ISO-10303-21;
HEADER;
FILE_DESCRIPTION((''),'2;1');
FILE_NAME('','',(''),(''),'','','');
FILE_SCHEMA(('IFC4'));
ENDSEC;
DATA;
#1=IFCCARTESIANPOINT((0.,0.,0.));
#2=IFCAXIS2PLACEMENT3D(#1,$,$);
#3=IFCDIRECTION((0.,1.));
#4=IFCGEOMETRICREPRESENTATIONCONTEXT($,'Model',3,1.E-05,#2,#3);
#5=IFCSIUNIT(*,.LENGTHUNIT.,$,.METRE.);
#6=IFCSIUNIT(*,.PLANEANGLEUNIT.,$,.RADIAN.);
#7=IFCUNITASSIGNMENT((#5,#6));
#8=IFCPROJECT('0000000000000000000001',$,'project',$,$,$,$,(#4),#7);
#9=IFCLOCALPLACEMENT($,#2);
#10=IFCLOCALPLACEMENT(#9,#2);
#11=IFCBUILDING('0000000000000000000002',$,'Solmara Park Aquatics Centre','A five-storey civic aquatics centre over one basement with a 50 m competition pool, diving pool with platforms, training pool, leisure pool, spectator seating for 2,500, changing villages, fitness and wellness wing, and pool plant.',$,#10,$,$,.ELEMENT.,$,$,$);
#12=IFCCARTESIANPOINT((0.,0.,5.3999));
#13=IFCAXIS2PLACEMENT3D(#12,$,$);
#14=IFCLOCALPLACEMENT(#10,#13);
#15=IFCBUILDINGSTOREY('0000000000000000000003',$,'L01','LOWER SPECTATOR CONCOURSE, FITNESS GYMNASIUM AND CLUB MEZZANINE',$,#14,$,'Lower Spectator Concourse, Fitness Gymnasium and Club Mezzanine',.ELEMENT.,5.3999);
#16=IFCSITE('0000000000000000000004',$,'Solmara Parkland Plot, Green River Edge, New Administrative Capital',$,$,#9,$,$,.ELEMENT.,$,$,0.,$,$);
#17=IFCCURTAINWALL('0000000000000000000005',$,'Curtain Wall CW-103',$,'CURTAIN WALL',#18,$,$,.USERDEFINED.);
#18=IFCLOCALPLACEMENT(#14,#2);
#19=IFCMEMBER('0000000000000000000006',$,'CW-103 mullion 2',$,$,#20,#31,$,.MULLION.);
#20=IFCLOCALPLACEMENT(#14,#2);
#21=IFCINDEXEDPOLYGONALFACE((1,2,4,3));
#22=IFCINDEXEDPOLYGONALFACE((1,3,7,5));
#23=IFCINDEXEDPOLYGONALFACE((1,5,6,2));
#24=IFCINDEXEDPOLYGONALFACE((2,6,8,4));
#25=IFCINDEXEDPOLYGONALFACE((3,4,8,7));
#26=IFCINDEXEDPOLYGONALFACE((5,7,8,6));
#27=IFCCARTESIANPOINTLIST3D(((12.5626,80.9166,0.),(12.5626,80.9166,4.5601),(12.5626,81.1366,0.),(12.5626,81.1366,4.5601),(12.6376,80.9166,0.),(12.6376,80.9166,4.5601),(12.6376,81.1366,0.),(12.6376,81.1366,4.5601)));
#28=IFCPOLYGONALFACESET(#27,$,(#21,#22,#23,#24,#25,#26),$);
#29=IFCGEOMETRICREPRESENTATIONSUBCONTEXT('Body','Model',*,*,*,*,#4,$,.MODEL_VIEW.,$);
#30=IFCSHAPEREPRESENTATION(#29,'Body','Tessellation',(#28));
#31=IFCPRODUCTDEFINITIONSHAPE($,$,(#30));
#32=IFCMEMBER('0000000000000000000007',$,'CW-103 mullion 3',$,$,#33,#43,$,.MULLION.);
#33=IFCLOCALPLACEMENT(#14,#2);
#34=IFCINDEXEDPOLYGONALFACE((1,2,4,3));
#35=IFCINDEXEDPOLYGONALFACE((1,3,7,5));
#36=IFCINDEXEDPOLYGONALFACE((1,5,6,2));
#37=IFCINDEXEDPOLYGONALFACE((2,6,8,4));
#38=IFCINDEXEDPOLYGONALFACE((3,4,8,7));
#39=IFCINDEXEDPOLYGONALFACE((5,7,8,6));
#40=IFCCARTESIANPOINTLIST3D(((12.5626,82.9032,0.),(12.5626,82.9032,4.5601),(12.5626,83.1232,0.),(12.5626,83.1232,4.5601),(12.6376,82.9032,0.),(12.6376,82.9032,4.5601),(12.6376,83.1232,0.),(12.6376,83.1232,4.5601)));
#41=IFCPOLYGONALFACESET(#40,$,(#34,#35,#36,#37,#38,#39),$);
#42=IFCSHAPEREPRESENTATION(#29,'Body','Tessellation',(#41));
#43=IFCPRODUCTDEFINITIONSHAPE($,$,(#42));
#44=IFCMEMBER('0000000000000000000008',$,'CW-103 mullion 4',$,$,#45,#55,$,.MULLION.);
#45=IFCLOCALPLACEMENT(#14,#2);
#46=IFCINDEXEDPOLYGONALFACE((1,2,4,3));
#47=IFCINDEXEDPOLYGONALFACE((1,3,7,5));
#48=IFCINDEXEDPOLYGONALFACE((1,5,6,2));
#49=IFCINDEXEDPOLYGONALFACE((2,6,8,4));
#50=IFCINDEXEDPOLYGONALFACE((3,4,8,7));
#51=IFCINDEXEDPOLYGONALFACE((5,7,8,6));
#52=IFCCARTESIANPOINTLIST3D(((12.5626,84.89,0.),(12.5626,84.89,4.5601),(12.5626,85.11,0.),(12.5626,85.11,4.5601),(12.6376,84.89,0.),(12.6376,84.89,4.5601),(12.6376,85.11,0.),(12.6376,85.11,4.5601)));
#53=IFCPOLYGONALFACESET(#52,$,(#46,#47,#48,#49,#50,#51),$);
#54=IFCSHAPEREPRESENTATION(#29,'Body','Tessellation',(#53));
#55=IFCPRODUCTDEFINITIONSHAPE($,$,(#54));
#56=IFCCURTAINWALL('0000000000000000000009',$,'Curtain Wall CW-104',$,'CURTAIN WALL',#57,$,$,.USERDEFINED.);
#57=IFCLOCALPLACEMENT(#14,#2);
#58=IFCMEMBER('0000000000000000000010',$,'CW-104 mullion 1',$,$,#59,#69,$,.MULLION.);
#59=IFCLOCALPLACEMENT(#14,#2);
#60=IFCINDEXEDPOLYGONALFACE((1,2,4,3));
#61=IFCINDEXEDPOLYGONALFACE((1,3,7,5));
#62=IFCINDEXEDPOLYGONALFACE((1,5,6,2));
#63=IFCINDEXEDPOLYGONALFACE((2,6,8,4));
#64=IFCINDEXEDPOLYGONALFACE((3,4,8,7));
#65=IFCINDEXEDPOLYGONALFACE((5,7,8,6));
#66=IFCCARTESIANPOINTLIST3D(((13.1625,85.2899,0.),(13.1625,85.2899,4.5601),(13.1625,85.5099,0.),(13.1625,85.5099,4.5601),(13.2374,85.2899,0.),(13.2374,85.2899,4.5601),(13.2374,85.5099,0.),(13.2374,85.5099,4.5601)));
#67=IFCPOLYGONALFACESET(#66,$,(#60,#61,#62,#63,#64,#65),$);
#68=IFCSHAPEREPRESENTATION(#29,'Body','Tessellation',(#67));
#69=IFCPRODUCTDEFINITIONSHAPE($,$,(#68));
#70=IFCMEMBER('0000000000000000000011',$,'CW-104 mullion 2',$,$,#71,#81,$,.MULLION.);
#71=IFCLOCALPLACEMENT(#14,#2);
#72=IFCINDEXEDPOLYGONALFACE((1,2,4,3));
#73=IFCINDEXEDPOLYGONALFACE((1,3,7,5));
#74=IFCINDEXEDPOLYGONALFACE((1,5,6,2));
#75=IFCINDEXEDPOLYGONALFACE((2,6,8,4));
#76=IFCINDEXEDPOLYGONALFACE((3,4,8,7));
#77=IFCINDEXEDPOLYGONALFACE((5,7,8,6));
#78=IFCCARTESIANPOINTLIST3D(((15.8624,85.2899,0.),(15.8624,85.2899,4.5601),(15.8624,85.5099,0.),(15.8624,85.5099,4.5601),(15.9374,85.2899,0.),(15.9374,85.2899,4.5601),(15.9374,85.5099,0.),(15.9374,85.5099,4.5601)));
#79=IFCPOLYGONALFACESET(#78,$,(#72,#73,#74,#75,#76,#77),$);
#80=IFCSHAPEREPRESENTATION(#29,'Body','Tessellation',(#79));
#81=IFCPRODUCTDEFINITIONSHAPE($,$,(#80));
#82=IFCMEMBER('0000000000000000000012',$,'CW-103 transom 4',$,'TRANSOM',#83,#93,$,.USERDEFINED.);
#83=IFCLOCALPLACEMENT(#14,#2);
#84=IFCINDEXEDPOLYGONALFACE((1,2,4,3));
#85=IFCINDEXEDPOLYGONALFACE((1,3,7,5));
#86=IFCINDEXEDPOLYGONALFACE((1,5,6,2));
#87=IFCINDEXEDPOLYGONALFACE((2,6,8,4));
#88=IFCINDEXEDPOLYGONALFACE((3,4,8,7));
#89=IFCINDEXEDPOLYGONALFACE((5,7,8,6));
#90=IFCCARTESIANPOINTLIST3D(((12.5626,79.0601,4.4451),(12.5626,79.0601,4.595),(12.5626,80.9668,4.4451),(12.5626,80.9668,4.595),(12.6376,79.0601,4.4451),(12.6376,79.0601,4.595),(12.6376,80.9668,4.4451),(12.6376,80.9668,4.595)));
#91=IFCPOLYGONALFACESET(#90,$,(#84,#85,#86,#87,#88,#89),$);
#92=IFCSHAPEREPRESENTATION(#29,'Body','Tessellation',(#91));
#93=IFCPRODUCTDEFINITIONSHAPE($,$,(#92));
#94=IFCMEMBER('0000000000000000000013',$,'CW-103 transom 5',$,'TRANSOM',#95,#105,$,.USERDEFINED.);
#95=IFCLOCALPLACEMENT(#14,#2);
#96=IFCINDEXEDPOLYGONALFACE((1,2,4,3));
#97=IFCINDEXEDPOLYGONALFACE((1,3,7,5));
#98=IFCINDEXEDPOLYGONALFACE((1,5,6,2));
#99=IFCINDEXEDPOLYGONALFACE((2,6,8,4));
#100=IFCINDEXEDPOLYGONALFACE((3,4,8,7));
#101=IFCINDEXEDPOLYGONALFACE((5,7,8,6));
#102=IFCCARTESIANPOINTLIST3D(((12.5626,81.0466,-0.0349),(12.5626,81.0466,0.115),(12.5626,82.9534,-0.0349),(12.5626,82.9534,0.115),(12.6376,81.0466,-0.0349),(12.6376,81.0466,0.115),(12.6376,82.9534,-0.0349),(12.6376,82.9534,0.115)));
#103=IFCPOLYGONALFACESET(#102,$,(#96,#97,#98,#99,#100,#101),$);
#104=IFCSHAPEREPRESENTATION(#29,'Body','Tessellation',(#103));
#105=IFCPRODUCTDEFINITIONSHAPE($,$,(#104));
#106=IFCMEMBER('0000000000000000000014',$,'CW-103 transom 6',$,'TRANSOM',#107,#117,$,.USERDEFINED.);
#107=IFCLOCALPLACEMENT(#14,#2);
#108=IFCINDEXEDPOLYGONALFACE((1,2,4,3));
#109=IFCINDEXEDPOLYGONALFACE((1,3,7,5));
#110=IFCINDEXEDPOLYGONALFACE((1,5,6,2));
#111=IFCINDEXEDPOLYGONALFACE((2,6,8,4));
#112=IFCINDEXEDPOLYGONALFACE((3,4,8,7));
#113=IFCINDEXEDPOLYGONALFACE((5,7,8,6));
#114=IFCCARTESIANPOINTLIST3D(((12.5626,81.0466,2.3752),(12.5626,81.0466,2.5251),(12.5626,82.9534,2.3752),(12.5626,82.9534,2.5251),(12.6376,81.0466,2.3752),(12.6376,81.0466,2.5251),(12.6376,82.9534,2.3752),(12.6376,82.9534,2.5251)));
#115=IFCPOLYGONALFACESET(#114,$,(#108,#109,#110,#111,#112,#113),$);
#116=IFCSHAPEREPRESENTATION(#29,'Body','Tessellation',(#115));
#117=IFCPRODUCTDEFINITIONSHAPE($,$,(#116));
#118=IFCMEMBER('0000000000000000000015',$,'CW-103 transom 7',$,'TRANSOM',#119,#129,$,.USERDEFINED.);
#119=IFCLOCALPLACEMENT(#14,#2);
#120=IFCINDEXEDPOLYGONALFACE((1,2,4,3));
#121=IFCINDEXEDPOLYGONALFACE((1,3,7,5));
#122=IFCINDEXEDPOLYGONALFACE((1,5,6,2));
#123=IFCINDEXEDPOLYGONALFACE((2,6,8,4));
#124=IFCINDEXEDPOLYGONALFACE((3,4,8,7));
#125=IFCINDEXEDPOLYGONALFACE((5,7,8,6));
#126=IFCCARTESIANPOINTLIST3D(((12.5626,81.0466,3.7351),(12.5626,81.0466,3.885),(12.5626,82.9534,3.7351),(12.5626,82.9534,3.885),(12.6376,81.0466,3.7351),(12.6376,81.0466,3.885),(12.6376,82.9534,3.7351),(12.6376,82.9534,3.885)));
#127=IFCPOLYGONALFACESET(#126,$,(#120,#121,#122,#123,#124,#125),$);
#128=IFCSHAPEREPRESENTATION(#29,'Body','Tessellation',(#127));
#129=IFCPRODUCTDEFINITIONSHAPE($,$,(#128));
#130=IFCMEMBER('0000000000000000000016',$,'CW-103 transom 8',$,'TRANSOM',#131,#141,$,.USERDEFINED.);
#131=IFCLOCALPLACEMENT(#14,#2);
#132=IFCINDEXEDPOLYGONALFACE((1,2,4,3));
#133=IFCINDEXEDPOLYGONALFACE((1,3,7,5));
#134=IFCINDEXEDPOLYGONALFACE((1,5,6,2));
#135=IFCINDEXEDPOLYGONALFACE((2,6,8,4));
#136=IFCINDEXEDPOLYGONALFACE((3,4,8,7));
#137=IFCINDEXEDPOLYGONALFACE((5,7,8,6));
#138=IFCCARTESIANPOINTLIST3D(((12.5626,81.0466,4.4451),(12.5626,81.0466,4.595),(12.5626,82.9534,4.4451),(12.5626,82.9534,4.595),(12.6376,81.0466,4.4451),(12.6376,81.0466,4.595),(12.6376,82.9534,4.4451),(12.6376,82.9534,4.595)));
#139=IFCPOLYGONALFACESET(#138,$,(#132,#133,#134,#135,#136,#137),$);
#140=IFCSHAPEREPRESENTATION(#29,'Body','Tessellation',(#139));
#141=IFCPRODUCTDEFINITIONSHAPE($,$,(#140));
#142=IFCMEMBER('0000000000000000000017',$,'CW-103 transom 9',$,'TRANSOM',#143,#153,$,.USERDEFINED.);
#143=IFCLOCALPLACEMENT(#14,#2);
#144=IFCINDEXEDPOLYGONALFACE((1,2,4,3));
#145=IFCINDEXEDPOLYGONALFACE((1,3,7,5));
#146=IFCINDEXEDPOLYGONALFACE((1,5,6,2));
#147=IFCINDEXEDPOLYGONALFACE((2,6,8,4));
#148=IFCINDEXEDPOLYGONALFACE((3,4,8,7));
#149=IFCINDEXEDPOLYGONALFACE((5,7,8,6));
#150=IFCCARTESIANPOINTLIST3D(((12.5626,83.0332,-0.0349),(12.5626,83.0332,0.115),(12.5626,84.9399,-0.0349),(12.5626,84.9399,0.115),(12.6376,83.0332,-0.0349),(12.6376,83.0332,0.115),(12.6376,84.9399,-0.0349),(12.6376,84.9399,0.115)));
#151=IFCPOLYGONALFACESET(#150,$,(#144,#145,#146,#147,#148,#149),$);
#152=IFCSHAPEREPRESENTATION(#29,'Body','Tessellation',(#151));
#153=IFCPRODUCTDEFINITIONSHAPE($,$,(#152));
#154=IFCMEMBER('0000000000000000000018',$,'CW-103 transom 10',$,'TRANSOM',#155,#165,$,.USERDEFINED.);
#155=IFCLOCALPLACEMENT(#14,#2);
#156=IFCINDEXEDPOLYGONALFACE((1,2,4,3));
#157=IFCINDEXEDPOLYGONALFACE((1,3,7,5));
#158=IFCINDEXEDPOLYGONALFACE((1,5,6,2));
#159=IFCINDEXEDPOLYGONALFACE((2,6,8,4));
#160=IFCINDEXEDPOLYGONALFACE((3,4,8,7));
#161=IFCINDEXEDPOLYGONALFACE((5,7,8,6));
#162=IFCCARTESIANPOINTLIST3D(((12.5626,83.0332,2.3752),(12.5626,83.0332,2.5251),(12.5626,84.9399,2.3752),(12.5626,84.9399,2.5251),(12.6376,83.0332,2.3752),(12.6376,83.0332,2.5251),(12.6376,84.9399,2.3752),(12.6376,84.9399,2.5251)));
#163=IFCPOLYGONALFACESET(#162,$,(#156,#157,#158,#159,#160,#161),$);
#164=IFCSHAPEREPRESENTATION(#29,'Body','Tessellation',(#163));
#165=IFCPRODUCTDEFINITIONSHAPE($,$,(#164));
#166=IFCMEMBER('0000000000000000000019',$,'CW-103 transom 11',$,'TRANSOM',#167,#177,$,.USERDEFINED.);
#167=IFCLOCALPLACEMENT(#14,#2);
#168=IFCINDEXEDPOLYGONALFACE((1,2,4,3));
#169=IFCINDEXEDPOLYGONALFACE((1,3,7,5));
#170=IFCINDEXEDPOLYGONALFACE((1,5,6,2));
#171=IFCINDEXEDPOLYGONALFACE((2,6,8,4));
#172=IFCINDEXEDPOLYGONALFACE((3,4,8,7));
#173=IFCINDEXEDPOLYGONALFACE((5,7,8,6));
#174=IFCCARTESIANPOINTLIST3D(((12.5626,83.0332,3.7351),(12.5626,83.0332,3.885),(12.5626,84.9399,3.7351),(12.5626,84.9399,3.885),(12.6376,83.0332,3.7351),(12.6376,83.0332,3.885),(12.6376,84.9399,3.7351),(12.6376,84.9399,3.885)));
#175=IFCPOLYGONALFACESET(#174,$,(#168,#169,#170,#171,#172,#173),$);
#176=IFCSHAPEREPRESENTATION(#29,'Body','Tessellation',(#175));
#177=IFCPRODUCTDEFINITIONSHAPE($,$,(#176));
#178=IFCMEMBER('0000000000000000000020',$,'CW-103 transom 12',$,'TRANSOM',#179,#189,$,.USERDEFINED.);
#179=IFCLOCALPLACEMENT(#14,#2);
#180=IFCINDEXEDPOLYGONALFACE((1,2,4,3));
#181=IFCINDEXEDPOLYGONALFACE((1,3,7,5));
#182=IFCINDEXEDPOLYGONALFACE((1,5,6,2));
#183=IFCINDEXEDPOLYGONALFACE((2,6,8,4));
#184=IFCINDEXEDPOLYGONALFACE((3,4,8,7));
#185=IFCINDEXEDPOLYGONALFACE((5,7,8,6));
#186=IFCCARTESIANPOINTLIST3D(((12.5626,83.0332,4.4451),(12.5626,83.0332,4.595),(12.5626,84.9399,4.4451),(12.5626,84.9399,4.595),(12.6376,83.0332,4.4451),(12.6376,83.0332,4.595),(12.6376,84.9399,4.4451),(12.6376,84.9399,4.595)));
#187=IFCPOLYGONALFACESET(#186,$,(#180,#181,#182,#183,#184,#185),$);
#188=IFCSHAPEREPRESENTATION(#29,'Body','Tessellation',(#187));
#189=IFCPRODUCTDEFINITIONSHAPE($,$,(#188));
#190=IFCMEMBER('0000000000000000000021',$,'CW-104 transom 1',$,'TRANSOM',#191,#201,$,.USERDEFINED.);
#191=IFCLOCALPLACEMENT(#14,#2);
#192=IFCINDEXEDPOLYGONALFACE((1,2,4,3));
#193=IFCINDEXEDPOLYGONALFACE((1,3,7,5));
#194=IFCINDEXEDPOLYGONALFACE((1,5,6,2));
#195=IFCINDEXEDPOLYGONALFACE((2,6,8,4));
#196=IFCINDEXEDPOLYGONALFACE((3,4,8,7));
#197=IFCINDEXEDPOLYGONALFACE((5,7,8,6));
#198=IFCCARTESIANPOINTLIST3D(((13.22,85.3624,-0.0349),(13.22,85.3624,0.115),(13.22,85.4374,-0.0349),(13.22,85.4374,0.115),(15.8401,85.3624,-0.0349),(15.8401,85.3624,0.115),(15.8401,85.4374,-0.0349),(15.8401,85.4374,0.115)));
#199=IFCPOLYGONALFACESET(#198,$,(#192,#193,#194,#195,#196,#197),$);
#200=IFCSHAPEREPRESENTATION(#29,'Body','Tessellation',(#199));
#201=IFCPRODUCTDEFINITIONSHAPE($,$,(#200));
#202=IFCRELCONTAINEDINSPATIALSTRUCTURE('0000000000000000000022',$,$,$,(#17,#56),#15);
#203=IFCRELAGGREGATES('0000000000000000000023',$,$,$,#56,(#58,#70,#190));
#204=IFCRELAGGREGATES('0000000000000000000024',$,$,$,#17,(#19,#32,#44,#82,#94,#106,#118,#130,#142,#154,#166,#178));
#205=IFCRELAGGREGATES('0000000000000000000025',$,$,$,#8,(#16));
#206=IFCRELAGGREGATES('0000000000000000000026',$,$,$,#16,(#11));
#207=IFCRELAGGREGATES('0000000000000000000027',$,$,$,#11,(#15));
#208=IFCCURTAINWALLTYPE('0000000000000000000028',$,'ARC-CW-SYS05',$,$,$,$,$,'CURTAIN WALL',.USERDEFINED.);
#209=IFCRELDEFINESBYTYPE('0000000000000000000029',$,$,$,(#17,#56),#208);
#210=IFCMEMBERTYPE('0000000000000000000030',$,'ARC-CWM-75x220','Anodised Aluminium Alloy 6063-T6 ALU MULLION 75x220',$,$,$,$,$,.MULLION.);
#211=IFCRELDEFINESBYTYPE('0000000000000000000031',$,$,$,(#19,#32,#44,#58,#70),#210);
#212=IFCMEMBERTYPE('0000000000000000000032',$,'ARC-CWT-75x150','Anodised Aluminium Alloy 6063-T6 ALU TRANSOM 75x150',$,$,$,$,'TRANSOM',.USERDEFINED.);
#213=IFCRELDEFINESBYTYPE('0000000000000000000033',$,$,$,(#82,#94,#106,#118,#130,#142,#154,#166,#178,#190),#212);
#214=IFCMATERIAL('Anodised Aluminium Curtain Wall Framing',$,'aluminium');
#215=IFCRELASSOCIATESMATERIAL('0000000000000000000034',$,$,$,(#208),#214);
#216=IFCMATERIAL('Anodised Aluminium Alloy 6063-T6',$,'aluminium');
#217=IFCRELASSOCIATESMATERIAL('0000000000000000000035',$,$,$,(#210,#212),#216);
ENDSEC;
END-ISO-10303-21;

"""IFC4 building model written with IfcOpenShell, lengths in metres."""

from ifc_helpers import new_model, si_unit, direction, frame, origin, origin_2d, place, context, subcontext, project, spatial, rectangle, extrude, material, material_profile, profile_set, type_object, element, aggregate, save


model = new_model("IFC4")

# Units and contexts
model_context = context("Model", 3, precision=1e-05, world=origin(), true_north=direction((0.0, 1.0)))
body_context = subcontext(model_context, "Body", "Model", "MODEL_VIEW")
ifc_project = project(units=[si_unit("LENGTHUNIT", "METRE"), si_unit("PLANEANGLEUNIT", "RADIAN")], contexts=[model_context])

# Site, building, storey
site_placement = place(None, origin())
site = spatial("IfcSite", under=ifc_project, at=site_placement, Name="Solmara Parkland Plot, Green River Edge, New Administrative Capital", CompositionType="ELEMENT", RefElevation=0.0)
building_placement = place(site_placement, origin())
building = spatial("IfcBuilding", under=site, at=building_placement, Name="Solmara Park Aquatics Centre", Description="A five-storey civic aquatics centre over one basement with a 50 m competition pool, diving pool with platforms, training pool, leisure pool, spectator seating for 2,500, changing villages, fitness and wellness wing, and pool plant.", CompositionType="ELEMENT")
storey_placement = place(building_placement, frame((0.0, 0.0, 5.3999)))
storey = spatial("IfcBuildingStorey", under=building, at=storey_placement, Name="L01", Description="LOWER SPECTATOR CONCOURSE, FITNESS GYMNASIUM AND CLUB MEZZANINE", LongName="Lower Spectator Concourse, Fitness Gymnasium and Club Mezzanine", CompositionType="ELEMENT", Elevation=5.3999)

# Curtain walls, members
ifc_material_1 = material(Name="Anodised Aluminium Curtain Wall Framing", Category="aluminium")
curtain_wall_type = type_object("IfcCurtainWallType", Name="ARC-CW-SYS05", ElementType="CURTAIN WALL", PredefinedType="USERDEFINED", material=ifc_material_1)
curtain_wall_1_placement = place(storey_placement, origin())
curtain_wall_1 = element("IfcCurtainWall", 1, at=curtain_wall_1_placement, inside=storey, type_object=curtain_wall_type, Name="Curtain Wall CW-103", ObjectType="CURTAIN WALL", PredefinedType="USERDEFINED")
ifc_material_2 = material(Name="Anodised Aluminium Alloy 6063-T6", Category="aluminium")
ifc_material_profile_1 = material_profile(ifc_material_2, rectangle(XDim=0.075, YDim=0.22, at=origin_2d()), Name="ALU MULLION 75x220")
ifc_profile_set_1 = profile_set([ifc_material_profile_1], Name="Anodised Aluminium Alloy 6063-T6")
member_type_1 = type_object("IfcMemberType", Name="ARC-CWM-75x220", Description="Anodised Aluminium Alloy 6063-T6 ALU MULLION 75x220", PredefinedType="MULLION", material=ifc_profile_set_1)
member_1_placement = place(storey_placement, frame((12.6001, 81.0266, 0.0), z_axis=(0.0, 0.0, 1.0), x_axis=(1.0, 0.0, 0.0)))
member_1 = element("IfcMember", 2, at=member_1_placement, type_object=member_type_1, Name="CW-103 mullion 2", PredefinedType="MULLION", context=body_context, shape_type="SweptSolid", body=[
    extrude(rectangle(XDim=0.075, YDim=0.22, at=origin_2d()), origin(), (0.0, 0.0, 1.0), 4.5601),
])
member_2_placement = place(storey_placement, frame((12.6001, 83.0132, 0.0), z_axis=(0.0, 0.0, 1.0), x_axis=(1.0, 0.0, 0.0)))
member_2 = element("IfcMember", 3, at=member_2_placement, type_object=member_type_1, Name="CW-103 mullion 3", PredefinedType="MULLION", context=body_context, shape_type="SweptSolid", body=[
    extrude(rectangle(XDim=0.075, YDim=0.22, at=origin_2d()), origin(), (0.0, 0.0, 1.0), 4.5601),
])
member_3_placement = place(storey_placement, frame((12.6001, 85.0, 0.0), z_axis=(0.0, 0.0, 1.0), x_axis=(1.0, 0.0, 0.0)))
member_3 = element("IfcMember", 4, at=member_3_placement, type_object=member_type_1, Name="CW-103 mullion 4", PredefinedType="MULLION", context=body_context, shape_type="SweptSolid", body=[
    extrude(rectangle(XDim=0.075, YDim=0.22, at=origin_2d()), origin(), (0.0, 0.0, 1.0), 4.5601),
])
curtain_wall_2_placement = place(storey_placement, origin())
curtain_wall_2 = element("IfcCurtainWall", 5, at=curtain_wall_2_placement, inside=storey, type_object=curtain_wall_type, Name="Curtain Wall CW-104", ObjectType="CURTAIN WALL", PredefinedType="USERDEFINED")
member_4_placement = place(storey_placement, frame((13.2, 85.3999, 0.0), z_axis=(0.0, 0.0, 1.0), x_axis=(1.0, 0.0, 0.0)))
member_4 = element("IfcMember", 6, at=member_4_placement, type_object=member_type_1, Name="CW-104 mullion 1", PredefinedType="MULLION", context=body_context, shape_type="SweptSolid", body=[
    extrude(rectangle(XDim=0.075, YDim=0.22, at=origin_2d()), origin(), (0.0, 0.0, 1.0), 4.5601),
])
member_5_placement = place(storey_placement, frame((15.8999, 85.3999, 0.0), z_axis=(0.0, 0.0, 1.0), x_axis=(1.0, 0.0, 0.0)))
member_5 = element("IfcMember", 7, at=member_5_placement, type_object=member_type_1, Name="CW-104 mullion 2", PredefinedType="MULLION", context=body_context, shape_type="SweptSolid", body=[
    extrude(rectangle(XDim=0.075, YDim=0.22, at=origin_2d()), origin(), (0.0, 0.0, 1.0), 4.5601),
])

# Members
ifc_material_profile_2 = material_profile(ifc_material_2, rectangle(XDim=0.075, YDim=0.1499, at=origin_2d()), Name="ALU TRANSOM 75x150")
ifc_profile_set_2 = profile_set([ifc_material_profile_2], Name="Anodised Aluminium Alloy 6063-T6")
member_type_2 = type_object("IfcMemberType", Name="ARC-CWT-75x150", Description="Anodised Aluminium Alloy 6063-T6 ALU TRANSOM 75x150", ElementType="TRANSOM", PredefinedType="USERDEFINED", material=ifc_profile_set_2)
member_6_placement = place(storey_placement, frame((12.6001, 79.0601, 4.52), z_axis=(0.0, 1.0, 0.0), x_axis=(-1.0, 0.0, 0.0)))
member_6 = element("IfcMember", 8, at=member_6_placement, type_object=member_type_2, Name="CW-103 transom 4", ObjectType="TRANSOM", PredefinedType="USERDEFINED", context=body_context, shape_type="SweptSolid", body=[
    extrude(rectangle(XDim=0.075, YDim=0.1499, at=origin_2d()), origin(), (0.0, 0.0, 1.0), 1.9067),
])
member_7_placement = place(storey_placement, frame((12.6001, 81.0466, 0.04), z_axis=(0.0, 1.0, 0.0), x_axis=(-1.0, 0.0, 0.0)))
member_7 = element("IfcMember", 9, at=member_7_placement, type_object=member_type_2, Name="CW-103 transom 5", ObjectType="TRANSOM", PredefinedType="USERDEFINED", context=body_context, shape_type="SweptSolid", body=[
    extrude(rectangle(XDim=0.075, YDim=0.1499, at=origin_2d()), origin(), (0.0, 0.0, 1.0), 1.9067),
])
member_8_placement = place(storey_placement, frame((12.6001, 81.0466, 2.4502), z_axis=(0.0, 1.0, 0.0), x_axis=(-1.0, 0.0, 0.0)))
member_8 = element("IfcMember", 10, at=member_8_placement, type_object=member_type_2, Name="CW-103 transom 6", ObjectType="TRANSOM", PredefinedType="USERDEFINED", context=body_context, shape_type="SweptSolid", body=[
    extrude(rectangle(XDim=0.075, YDim=0.1499, at=origin_2d()), origin(), (0.0, 0.0, 1.0), 1.9067),
])
member_9_placement = place(storey_placement, frame((12.6001, 81.0466, 3.8101), z_axis=(0.0, 1.0, 0.0), x_axis=(-1.0, 0.0, 0.0)))
member_9 = element("IfcMember", 11, at=member_9_placement, type_object=member_type_2, Name="CW-103 transom 7", ObjectType="TRANSOM", PredefinedType="USERDEFINED", context=body_context, shape_type="SweptSolid", body=[
    extrude(rectangle(XDim=0.075, YDim=0.1499, at=origin_2d()), origin(), (0.0, 0.0, 1.0), 1.9067),
])
member_10_placement = place(storey_placement, frame((12.6001, 81.0466, 4.52), z_axis=(0.0, 1.0, 0.0), x_axis=(-1.0, 0.0, 0.0)))
member_10 = element("IfcMember", 12, at=member_10_placement, type_object=member_type_2, Name="CW-103 transom 8", ObjectType="TRANSOM", PredefinedType="USERDEFINED", context=body_context, shape_type="SweptSolid", body=[
    extrude(rectangle(XDim=0.075, YDim=0.1499, at=origin_2d()), origin(), (0.0, 0.0, 1.0), 1.9067),
])
member_11_placement = place(storey_placement, frame((12.6001, 83.0332, 0.04), z_axis=(0.0, 1.0, 0.0), x_axis=(-1.0, 0.0, 0.0)))
member_11 = element("IfcMember", 13, at=member_11_placement, type_object=member_type_2, Name="CW-103 transom 9", ObjectType="TRANSOM", PredefinedType="USERDEFINED", context=body_context, shape_type="SweptSolid", body=[
    extrude(rectangle(XDim=0.075, YDim=0.1499, at=origin_2d()), origin(), (0.0, 0.0, 1.0), 1.9067),
])
member_12_placement = place(storey_placement, frame((12.6001, 83.0332, 2.4502), z_axis=(0.0, 1.0, 0.0), x_axis=(-1.0, 0.0, 0.0)))
member_12 = element("IfcMember", 14, at=member_12_placement, type_object=member_type_2, Name="CW-103 transom 10", ObjectType="TRANSOM", PredefinedType="USERDEFINED", context=body_context, shape_type="SweptSolid", body=[
    extrude(rectangle(XDim=0.075, YDim=0.1499, at=origin_2d()), origin(), (0.0, 0.0, 1.0), 1.9067),
])
member_13_placement = place(storey_placement, frame((12.6001, 83.0332, 3.8101), z_axis=(0.0, 1.0, 0.0), x_axis=(-1.0, 0.0, 0.0)))
member_13 = element("IfcMember", 15, at=member_13_placement, type_object=member_type_2, Name="CW-103 transom 11", ObjectType="TRANSOM", PredefinedType="USERDEFINED", context=body_context, shape_type="SweptSolid", body=[
    extrude(rectangle(XDim=0.075, YDim=0.1499, at=origin_2d()), origin(), (0.0, 0.0, 1.0), 1.9067),
])
member_14_placement = place(storey_placement, frame((12.6001, 83.0332, 4.52), z_axis=(0.0, 1.0, 0.0), x_axis=(-1.0, 0.0, 0.0)))
member_14 = element("IfcMember", 16, at=member_14_placement, type_object=member_type_2, Name="CW-103 transom 12", ObjectType="TRANSOM", PredefinedType="USERDEFINED", context=body_context, shape_type="SweptSolid", body=[
    extrude(rectangle(XDim=0.075, YDim=0.1499, at=origin_2d()), origin(), (0.0, 0.0, 1.0), 1.9067),
])
member_15_placement = place(storey_placement, frame((13.22, 85.3999, 0.04), z_axis=(1.0, 0.0, 0.0), x_axis=(0.0, 1.0, 0.0)))
member_15 = element("IfcMember", 17, at=member_15_placement, type_object=member_type_2, Name="CW-104 transom 1", ObjectType="TRANSOM", PredefinedType="USERDEFINED", context=body_context, shape_type="SweptSolid", body=[
    extrude(rectangle(XDim=0.075, YDim=0.1499, at=origin_2d()), origin(), (0.0, 0.0, 1.0), 2.6201),
])

aggregate(curtain_wall_2, [member_4, member_5, member_15])
aggregate(curtain_wall_1, [member_1, member_2, member_3, member_6, member_7, member_8, member_9, member_10, member_11, member_12, member_13, member_14])

save(model, "model.ifc")
